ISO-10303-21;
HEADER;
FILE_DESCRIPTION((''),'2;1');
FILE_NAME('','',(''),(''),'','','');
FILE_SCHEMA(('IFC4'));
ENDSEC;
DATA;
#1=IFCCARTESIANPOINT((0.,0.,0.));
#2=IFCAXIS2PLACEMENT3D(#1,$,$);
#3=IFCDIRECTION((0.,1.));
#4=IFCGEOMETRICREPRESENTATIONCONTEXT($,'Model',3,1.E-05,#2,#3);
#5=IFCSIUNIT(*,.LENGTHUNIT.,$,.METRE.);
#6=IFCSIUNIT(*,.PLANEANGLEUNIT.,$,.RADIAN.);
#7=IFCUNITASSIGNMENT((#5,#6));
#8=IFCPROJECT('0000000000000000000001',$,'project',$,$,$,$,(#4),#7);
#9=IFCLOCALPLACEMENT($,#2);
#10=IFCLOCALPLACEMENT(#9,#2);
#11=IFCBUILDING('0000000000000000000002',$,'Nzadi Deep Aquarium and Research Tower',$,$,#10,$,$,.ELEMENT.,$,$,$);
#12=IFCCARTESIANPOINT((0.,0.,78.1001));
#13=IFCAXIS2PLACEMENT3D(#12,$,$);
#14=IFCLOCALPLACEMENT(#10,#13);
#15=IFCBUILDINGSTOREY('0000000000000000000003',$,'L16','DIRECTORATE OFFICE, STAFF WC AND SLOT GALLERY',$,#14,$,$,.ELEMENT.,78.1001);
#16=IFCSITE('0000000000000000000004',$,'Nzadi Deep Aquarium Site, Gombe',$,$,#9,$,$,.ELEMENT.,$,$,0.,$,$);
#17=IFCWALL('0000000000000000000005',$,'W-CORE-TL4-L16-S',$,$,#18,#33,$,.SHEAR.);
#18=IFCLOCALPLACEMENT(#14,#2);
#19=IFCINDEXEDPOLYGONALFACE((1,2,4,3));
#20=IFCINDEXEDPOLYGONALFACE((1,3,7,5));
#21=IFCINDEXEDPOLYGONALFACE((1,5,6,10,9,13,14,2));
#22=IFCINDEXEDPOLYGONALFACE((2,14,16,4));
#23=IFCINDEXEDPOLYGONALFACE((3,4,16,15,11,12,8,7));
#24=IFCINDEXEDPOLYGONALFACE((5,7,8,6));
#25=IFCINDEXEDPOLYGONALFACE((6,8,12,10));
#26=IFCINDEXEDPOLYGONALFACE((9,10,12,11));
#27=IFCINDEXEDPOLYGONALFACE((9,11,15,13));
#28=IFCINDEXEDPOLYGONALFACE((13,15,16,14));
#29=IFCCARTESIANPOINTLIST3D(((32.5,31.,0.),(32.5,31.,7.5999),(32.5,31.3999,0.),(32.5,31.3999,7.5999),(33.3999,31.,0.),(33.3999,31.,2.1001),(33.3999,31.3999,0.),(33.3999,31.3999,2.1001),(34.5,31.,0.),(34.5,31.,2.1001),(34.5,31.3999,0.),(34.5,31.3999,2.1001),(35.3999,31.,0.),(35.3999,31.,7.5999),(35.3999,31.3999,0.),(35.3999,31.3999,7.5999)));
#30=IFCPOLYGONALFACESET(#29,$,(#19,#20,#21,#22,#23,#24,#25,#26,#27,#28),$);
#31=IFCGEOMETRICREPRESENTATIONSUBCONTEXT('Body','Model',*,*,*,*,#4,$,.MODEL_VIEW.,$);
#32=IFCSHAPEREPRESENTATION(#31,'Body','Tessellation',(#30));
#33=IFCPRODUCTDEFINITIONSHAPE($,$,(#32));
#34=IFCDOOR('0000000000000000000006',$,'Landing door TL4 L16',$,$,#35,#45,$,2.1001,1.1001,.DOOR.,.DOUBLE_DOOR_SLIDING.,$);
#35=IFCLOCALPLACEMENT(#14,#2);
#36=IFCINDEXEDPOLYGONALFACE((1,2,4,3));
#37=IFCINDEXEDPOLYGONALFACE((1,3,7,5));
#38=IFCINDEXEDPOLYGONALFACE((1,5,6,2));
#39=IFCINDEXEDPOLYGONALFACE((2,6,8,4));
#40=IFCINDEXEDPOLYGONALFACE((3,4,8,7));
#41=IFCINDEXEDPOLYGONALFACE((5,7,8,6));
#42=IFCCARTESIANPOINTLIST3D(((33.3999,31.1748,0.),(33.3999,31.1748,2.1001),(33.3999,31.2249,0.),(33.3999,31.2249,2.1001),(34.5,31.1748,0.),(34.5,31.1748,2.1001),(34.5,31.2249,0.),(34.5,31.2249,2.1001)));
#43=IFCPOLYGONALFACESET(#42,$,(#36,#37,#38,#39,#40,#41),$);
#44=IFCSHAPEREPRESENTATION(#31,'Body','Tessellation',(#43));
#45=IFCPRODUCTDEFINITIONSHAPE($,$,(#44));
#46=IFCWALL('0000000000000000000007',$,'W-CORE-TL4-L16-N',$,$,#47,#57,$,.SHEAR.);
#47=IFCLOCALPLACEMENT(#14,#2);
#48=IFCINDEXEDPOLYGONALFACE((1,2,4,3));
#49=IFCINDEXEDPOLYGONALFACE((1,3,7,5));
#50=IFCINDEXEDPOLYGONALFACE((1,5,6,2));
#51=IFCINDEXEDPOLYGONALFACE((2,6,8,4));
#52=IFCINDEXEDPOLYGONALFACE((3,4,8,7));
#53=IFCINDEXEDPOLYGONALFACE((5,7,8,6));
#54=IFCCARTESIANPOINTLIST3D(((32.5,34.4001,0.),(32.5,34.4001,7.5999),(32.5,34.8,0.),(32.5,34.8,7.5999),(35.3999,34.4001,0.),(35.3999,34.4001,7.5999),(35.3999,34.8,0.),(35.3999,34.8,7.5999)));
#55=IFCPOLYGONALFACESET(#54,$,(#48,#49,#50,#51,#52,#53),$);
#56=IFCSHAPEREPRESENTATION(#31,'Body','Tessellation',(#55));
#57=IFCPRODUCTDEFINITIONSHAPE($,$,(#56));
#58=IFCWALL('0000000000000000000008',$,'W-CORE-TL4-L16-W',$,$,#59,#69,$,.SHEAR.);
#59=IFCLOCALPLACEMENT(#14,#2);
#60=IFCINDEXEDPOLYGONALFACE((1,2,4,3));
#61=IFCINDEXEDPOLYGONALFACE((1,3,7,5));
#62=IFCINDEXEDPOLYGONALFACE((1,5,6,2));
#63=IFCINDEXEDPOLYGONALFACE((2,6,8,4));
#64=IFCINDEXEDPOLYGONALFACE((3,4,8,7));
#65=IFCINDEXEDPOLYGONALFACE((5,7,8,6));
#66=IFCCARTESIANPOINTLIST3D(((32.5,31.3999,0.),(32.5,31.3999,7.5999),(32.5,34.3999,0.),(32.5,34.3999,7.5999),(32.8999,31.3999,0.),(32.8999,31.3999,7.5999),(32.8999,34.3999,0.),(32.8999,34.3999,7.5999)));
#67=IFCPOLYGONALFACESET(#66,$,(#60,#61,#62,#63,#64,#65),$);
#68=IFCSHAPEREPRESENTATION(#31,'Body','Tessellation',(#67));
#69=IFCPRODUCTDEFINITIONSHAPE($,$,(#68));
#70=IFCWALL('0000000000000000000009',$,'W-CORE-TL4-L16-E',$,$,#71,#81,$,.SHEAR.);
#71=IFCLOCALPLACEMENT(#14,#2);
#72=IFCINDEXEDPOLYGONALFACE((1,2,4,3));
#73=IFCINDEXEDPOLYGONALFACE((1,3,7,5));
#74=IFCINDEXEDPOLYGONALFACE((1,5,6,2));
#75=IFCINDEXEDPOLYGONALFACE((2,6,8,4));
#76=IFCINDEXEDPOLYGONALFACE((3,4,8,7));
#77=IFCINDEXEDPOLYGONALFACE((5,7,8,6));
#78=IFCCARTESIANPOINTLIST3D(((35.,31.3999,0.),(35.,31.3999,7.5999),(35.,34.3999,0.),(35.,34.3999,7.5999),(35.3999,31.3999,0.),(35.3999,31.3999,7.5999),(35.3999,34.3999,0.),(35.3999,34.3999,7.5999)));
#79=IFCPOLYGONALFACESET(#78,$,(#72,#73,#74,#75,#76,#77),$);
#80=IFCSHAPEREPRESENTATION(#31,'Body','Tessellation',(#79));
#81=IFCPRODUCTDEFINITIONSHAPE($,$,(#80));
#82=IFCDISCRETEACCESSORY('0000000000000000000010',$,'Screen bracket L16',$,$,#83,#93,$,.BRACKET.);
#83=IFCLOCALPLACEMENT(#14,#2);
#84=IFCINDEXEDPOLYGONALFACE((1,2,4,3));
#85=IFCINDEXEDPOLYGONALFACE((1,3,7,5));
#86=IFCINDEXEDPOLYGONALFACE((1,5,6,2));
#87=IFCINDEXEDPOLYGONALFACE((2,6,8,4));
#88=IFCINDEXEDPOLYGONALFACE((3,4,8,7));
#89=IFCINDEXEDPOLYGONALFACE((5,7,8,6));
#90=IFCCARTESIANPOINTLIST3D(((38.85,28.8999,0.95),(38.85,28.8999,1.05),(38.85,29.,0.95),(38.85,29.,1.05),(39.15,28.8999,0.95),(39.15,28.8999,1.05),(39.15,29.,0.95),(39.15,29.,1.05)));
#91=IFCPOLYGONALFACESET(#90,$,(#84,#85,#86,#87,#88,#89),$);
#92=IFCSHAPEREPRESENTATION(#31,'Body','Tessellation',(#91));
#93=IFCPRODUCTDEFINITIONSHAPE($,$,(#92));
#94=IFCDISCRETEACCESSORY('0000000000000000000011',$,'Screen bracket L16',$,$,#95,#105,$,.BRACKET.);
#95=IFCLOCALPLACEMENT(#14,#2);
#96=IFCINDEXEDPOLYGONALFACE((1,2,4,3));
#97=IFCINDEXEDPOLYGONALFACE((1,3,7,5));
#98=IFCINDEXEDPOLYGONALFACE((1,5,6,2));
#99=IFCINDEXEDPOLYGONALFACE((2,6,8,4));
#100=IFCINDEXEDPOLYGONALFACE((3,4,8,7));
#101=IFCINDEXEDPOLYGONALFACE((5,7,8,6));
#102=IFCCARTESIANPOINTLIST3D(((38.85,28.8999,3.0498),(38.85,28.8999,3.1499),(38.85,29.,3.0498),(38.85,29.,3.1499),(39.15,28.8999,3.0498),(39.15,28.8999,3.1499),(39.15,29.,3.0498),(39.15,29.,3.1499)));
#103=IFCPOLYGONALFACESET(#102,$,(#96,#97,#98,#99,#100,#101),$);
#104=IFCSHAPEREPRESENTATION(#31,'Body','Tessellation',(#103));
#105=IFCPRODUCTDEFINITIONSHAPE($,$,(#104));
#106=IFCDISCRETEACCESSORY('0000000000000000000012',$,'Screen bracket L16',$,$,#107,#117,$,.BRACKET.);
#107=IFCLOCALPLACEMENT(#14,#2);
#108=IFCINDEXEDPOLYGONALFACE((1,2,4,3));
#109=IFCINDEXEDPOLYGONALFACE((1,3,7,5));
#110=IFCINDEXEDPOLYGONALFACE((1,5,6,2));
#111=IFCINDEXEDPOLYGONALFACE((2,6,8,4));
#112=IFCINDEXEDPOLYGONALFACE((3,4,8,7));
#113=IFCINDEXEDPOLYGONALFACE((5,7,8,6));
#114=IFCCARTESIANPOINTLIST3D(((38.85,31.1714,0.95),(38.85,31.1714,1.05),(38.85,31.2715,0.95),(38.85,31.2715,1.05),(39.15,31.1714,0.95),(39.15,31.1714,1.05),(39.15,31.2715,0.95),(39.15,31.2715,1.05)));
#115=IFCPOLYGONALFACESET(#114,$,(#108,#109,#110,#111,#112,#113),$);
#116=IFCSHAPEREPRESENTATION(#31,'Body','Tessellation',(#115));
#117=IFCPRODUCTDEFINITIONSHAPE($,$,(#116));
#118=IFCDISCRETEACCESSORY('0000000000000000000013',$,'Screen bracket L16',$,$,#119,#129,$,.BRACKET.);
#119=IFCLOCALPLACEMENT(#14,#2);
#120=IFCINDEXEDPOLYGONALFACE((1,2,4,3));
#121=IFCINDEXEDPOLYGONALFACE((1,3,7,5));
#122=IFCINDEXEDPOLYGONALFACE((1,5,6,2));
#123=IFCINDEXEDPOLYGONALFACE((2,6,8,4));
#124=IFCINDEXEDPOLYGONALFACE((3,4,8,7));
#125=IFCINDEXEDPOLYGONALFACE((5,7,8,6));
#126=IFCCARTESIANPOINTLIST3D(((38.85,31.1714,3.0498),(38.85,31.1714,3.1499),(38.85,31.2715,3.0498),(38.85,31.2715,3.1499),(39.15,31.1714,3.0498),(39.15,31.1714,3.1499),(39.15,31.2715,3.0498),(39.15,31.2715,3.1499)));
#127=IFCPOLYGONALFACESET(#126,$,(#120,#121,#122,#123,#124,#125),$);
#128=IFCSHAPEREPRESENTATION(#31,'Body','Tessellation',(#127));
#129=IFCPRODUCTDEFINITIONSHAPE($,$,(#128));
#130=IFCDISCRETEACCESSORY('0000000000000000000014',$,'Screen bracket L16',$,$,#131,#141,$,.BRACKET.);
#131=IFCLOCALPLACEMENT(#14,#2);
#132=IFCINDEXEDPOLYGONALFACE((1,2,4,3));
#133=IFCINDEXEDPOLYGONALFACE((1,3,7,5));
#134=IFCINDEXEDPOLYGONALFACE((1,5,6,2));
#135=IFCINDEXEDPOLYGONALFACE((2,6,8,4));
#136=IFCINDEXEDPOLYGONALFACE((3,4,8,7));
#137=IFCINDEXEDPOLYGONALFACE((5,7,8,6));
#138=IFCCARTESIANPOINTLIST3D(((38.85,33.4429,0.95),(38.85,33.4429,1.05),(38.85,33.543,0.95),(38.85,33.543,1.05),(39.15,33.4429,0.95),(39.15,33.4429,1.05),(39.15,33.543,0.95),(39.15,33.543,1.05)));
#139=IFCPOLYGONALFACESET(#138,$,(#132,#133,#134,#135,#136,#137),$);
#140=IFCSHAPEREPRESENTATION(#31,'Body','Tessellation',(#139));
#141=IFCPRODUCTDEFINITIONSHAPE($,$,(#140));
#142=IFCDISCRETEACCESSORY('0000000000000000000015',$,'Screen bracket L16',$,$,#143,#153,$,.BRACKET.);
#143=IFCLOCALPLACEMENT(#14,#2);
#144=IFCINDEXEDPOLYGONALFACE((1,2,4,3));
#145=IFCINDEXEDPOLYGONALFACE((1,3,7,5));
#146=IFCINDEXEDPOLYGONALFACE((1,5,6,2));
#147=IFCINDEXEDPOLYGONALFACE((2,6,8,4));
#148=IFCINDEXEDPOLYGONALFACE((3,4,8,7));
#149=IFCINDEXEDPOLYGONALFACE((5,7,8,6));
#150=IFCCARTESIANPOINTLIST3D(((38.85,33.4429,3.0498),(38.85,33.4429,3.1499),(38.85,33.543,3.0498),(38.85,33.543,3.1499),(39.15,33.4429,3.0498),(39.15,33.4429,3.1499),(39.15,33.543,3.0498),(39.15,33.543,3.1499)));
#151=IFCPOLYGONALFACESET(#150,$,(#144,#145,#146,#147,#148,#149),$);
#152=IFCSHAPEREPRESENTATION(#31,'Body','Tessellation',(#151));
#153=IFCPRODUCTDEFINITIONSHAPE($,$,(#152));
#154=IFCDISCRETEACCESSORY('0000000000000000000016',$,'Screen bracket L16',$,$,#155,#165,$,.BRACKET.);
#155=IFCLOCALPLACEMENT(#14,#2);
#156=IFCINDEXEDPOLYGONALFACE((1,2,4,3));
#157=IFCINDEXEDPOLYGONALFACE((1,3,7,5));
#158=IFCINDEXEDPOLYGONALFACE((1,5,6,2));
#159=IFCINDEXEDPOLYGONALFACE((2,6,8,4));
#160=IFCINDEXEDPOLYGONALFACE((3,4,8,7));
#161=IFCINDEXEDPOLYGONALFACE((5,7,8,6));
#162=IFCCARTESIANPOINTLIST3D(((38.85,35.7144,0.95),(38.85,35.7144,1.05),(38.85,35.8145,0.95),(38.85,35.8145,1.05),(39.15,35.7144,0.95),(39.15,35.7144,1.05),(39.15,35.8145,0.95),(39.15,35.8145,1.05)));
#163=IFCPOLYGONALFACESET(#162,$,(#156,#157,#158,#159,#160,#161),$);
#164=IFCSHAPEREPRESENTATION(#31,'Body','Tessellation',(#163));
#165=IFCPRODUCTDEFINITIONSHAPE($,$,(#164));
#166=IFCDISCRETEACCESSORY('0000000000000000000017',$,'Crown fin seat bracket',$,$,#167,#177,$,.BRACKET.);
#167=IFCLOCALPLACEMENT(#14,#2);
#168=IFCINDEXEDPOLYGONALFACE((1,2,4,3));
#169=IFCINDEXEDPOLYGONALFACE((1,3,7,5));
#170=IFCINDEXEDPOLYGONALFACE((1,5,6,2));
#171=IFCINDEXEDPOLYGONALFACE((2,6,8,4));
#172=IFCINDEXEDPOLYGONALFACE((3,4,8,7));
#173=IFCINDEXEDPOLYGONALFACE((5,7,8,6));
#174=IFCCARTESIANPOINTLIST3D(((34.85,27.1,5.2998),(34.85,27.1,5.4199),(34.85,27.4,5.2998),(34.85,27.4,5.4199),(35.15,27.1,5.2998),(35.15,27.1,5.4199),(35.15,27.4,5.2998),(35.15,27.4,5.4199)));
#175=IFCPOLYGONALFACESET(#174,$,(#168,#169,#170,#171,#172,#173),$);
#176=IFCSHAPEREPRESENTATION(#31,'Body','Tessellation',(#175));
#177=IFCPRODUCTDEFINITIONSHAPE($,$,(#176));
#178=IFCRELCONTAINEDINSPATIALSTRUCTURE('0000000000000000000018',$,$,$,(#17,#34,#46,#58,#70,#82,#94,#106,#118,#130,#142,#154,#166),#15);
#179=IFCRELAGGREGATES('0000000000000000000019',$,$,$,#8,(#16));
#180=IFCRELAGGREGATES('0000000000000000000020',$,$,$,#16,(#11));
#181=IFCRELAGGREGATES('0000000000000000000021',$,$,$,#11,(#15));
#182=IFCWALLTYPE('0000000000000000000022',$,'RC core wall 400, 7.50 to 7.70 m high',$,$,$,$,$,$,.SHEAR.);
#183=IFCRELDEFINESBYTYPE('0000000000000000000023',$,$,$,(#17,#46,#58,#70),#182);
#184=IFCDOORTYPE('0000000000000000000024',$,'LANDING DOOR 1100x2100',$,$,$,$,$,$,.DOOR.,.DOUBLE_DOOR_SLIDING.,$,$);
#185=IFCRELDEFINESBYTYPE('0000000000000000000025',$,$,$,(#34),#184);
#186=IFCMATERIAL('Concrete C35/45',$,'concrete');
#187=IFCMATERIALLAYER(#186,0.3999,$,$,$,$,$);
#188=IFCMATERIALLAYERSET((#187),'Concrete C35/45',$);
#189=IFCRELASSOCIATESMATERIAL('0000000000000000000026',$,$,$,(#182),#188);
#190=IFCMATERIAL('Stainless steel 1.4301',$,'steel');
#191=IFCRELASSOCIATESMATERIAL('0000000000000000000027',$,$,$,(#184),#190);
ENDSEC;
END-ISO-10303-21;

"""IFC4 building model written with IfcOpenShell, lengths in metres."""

from ifc_helpers import new_model, si_unit, direction, frame, frame_2d, origin, origin_2d, place, context, subcontext, project, spatial, rectangle, extrude, material, layer, layer_set, type_object, element, fill, save


model = new_model("IFC4")

# Units and contexts
model_context = context("Model", 3, precision=1e-05, world=origin(), true_north=direction((0.0, 1.0)))
body_context = subcontext(model_context, "Body", "Model", "MODEL_VIEW")
ifc_project = project(units=[si_unit("LENGTHUNIT", "METRE"), si_unit("PLANEANGLEUNIT", "RADIAN")], contexts=[model_context])

# Site, building, storey
site_placement = place(None, origin())
site = spatial("IfcSite", under=ifc_project, at=site_placement, Name="Nzadi Deep Aquarium Site, Gombe", CompositionType="ELEMENT", RefElevation=0.0)
building_placement = place(site_placement, origin())
building = spatial("IfcBuilding", under=site, at=building_placement, Name="Nzadi Deep Aquarium and Research Tower", CompositionType="ELEMENT")
storey_placement = place(building_placement, frame((0.0, 0.0, 78.1001)))
storey = spatial("IfcBuildingStorey", under=building, at=storey_placement, Name="L16", Description="DIRECTORATE OFFICE, STAFF WC AND SLOT GALLERY", CompositionType="ELEMENT", Elevation=78.1001)

# Shared definitions
ifc_material_1 = material(Name="Concrete C35/45", Category="concrete")
ifc_layer_1 = layer(ifc_material_1, 0.3999)
ifc_layer_set_1 = layer_set([ifc_layer_1], Name="Concrete C35/45")
wall_type_1 = type_object("IfcWallType", Name="RC core wall 400, 7.50 to 7.70 m high", PredefinedType="SHEAR", material=ifc_layer_set_1)
ifc_material_2 = material(Name="Stainless steel 1.4301", Category="steel")
door_type_1 = type_object("IfcDoorType", Name="LANDING DOOR 1100x2100", OperationType="DOUBLE_DOOR_SLIDING", PredefinedType="DOOR", material=ifc_material_2)

# Wall, opening, door
wall_1_placement = place(storey_placement, frame((32.5, 31.2, 0.0), z_axis=(0.0, 0.0, 1.0), x_axis=(1.0, 0.0, 0.0)))
wall_1 = element("IfcWall", 1, at=wall_1_placement, inside=storey, type_object=wall_type_1, Name="W-CORE-TL4-L16-S", PredefinedType="SHEAR", context=body_context, shape_type="SweptSolid", body=[
    extrude(rectangle(XDim=2.8999, YDim=0.3999, at=frame_2d((1.45, 0.0))), origin(), (0.0, 0.0, 1.0), 7.5999),
])
opening_1_placement = place(wall_1_placement, frame((0.8999, 0.0, 0.0)))
opening_1 = element("IfcOpeningElement", 2, at=opening_1_placement, cuts=wall_1, PredefinedType="OPENING", context=body_context, shape_type="SweptSolid", body=[
    extrude(rectangle(XDim=1.1001, YDim=2.1001, at=frame_2d((0.55, 1.05))), frame((0.0, 0.21, 0.0), z_axis=(0.0, -1.0, 0.0), x_axis=(1.0, 0.0, 0.0)), (0.0, 0.0, 1.0), 0.4199),
])
door_1_placement = place(opening_1_placement, origin())
door_1 = element("IfcDoor", 3, at=door_1_placement, inside=storey, type_object=door_type_1, Name="Landing door TL4 L16", OperationType="DOUBLE_DOOR_SLIDING", OverallHeight=2.1001, OverallWidth=1.1001, PredefinedType="DOOR", context=body_context, shape_type="SweptSolid", body=[
    extrude(rectangle(XDim=1.1001, YDim=2.1001, at=frame_2d((0.55, 1.05))), frame((0.0, 0.0249, 0.0), z_axis=(0.0, -1.0, 0.0), x_axis=(1.0, 0.0, 0.0)), (0.0, 0.0, 1.0), 0.05),
])
fill(opening_1, door_1)

# Walls
wall_2_placement = place(storey_placement, frame((32.5, 34.6001, 0.0), z_axis=(0.0, 0.0, 1.0), x_axis=(1.0, 0.0, 0.0)))
element("IfcWall", 4, at=wall_2_placement, inside=storey, type_object=wall_type_1, Name="W-CORE-TL4-L16-N", PredefinedType="SHEAR", context=body_context, shape_type="SweptSolid", body=[
    extrude(rectangle(XDim=2.8999, YDim=0.3999, at=frame_2d((1.45, 0.0))), origin(), (0.0, 0.0, 1.0), 7.5999),
])
for number, where, z_axis, x_axis, name in (
    (5, (32.7, 31.3999, 0.0), (0.0, 0.0, 1.0), (0.0, 1.0, 0.0), "W-CORE-TL4-L16-W"),
    (6, (35.2, 31.3999, 0.0), (0.0, 0.0, 1.0), (0.0, 1.0, 0.0), "W-CORE-TL4-L16-E"),
):
    element("IfcWall", number, at=place(storey_placement, frame(where, z_axis=z_axis, x_axis=x_axis)), inside=storey, type_object=wall_type_1, Name=name, PredefinedType="SHEAR", context=body_context, shape_type="SweptSolid", body=[
        extrude(rectangle(XDim=3.0, YDim=0.3999, at=frame_2d((1.5, 0.0))), origin(), (0.0, 0.0, 1.0), 7.5999),
    ])

# Discrete accessories
for number, where, z_axis, x_axis, name in (
    (7, (39.0, 28.95, 0.95), (0.0, 0.0, 1.0), (1.0, 0.0, 0.0), "Screen bracket L16"),
    (8, (39.0, 28.95, 3.0498), (0.0, 0.0, 1.0), (1.0, 0.0, 0.0), "Screen bracket L16"),
    (9, (39.0, 31.2214, 0.95), (0.0, 0.0, 1.0), (1.0, 0.0, 0.0), "Screen bracket L16"),
    (10, (39.0, 31.2214, 3.0498), (0.0, 0.0, 1.0), (1.0, 0.0, 0.0), "Screen bracket L16"),
    (11, (39.0, 33.4929, 0.95), (0.0, 0.0, 1.0), (1.0, 0.0, 0.0), "Screen bracket L16"),
    (12, (39.0, 33.4929, 3.0498), (0.0, 0.0, 1.0), (1.0, 0.0, 0.0), "Screen bracket L16"),
    (13, (39.0, 35.7644, 0.95), (0.0, 0.0, 1.0), (1.0, 0.0, 0.0), "Screen bracket L16"),
):
    element("IfcDiscreteAccessory", number, at=place(storey_placement, frame(where, z_axis=z_axis, x_axis=x_axis)), inside=storey, Name=name, PredefinedType="BRACKET", context=body_context, shape_type="SweptSolid", body=[
        extrude(rectangle(XDim=0.3, YDim=0.1001, at=origin_2d()), origin(), (0.0, 0.0, 1.0), 0.1001),
    ])
discrete_accessory_placement = place(storey_placement, frame((35.0, 27.25, 5.2998), z_axis=(0.0, 0.0, 1.0), x_axis=(1.0, 0.0, 0.0)))
element("IfcDiscreteAccessory", 14, at=discrete_accessory_placement, inside=storey, Name="Crown fin seat bracket", PredefinedType="BRACKET", context=body_context, shape_type="SweptSolid", body=[
    extrude(rectangle(XDim=0.3, YDim=0.3, at=origin_2d()), origin(), (0.0, 0.0, 1.0), 0.1201),
])

save(model, "model.ifc")
